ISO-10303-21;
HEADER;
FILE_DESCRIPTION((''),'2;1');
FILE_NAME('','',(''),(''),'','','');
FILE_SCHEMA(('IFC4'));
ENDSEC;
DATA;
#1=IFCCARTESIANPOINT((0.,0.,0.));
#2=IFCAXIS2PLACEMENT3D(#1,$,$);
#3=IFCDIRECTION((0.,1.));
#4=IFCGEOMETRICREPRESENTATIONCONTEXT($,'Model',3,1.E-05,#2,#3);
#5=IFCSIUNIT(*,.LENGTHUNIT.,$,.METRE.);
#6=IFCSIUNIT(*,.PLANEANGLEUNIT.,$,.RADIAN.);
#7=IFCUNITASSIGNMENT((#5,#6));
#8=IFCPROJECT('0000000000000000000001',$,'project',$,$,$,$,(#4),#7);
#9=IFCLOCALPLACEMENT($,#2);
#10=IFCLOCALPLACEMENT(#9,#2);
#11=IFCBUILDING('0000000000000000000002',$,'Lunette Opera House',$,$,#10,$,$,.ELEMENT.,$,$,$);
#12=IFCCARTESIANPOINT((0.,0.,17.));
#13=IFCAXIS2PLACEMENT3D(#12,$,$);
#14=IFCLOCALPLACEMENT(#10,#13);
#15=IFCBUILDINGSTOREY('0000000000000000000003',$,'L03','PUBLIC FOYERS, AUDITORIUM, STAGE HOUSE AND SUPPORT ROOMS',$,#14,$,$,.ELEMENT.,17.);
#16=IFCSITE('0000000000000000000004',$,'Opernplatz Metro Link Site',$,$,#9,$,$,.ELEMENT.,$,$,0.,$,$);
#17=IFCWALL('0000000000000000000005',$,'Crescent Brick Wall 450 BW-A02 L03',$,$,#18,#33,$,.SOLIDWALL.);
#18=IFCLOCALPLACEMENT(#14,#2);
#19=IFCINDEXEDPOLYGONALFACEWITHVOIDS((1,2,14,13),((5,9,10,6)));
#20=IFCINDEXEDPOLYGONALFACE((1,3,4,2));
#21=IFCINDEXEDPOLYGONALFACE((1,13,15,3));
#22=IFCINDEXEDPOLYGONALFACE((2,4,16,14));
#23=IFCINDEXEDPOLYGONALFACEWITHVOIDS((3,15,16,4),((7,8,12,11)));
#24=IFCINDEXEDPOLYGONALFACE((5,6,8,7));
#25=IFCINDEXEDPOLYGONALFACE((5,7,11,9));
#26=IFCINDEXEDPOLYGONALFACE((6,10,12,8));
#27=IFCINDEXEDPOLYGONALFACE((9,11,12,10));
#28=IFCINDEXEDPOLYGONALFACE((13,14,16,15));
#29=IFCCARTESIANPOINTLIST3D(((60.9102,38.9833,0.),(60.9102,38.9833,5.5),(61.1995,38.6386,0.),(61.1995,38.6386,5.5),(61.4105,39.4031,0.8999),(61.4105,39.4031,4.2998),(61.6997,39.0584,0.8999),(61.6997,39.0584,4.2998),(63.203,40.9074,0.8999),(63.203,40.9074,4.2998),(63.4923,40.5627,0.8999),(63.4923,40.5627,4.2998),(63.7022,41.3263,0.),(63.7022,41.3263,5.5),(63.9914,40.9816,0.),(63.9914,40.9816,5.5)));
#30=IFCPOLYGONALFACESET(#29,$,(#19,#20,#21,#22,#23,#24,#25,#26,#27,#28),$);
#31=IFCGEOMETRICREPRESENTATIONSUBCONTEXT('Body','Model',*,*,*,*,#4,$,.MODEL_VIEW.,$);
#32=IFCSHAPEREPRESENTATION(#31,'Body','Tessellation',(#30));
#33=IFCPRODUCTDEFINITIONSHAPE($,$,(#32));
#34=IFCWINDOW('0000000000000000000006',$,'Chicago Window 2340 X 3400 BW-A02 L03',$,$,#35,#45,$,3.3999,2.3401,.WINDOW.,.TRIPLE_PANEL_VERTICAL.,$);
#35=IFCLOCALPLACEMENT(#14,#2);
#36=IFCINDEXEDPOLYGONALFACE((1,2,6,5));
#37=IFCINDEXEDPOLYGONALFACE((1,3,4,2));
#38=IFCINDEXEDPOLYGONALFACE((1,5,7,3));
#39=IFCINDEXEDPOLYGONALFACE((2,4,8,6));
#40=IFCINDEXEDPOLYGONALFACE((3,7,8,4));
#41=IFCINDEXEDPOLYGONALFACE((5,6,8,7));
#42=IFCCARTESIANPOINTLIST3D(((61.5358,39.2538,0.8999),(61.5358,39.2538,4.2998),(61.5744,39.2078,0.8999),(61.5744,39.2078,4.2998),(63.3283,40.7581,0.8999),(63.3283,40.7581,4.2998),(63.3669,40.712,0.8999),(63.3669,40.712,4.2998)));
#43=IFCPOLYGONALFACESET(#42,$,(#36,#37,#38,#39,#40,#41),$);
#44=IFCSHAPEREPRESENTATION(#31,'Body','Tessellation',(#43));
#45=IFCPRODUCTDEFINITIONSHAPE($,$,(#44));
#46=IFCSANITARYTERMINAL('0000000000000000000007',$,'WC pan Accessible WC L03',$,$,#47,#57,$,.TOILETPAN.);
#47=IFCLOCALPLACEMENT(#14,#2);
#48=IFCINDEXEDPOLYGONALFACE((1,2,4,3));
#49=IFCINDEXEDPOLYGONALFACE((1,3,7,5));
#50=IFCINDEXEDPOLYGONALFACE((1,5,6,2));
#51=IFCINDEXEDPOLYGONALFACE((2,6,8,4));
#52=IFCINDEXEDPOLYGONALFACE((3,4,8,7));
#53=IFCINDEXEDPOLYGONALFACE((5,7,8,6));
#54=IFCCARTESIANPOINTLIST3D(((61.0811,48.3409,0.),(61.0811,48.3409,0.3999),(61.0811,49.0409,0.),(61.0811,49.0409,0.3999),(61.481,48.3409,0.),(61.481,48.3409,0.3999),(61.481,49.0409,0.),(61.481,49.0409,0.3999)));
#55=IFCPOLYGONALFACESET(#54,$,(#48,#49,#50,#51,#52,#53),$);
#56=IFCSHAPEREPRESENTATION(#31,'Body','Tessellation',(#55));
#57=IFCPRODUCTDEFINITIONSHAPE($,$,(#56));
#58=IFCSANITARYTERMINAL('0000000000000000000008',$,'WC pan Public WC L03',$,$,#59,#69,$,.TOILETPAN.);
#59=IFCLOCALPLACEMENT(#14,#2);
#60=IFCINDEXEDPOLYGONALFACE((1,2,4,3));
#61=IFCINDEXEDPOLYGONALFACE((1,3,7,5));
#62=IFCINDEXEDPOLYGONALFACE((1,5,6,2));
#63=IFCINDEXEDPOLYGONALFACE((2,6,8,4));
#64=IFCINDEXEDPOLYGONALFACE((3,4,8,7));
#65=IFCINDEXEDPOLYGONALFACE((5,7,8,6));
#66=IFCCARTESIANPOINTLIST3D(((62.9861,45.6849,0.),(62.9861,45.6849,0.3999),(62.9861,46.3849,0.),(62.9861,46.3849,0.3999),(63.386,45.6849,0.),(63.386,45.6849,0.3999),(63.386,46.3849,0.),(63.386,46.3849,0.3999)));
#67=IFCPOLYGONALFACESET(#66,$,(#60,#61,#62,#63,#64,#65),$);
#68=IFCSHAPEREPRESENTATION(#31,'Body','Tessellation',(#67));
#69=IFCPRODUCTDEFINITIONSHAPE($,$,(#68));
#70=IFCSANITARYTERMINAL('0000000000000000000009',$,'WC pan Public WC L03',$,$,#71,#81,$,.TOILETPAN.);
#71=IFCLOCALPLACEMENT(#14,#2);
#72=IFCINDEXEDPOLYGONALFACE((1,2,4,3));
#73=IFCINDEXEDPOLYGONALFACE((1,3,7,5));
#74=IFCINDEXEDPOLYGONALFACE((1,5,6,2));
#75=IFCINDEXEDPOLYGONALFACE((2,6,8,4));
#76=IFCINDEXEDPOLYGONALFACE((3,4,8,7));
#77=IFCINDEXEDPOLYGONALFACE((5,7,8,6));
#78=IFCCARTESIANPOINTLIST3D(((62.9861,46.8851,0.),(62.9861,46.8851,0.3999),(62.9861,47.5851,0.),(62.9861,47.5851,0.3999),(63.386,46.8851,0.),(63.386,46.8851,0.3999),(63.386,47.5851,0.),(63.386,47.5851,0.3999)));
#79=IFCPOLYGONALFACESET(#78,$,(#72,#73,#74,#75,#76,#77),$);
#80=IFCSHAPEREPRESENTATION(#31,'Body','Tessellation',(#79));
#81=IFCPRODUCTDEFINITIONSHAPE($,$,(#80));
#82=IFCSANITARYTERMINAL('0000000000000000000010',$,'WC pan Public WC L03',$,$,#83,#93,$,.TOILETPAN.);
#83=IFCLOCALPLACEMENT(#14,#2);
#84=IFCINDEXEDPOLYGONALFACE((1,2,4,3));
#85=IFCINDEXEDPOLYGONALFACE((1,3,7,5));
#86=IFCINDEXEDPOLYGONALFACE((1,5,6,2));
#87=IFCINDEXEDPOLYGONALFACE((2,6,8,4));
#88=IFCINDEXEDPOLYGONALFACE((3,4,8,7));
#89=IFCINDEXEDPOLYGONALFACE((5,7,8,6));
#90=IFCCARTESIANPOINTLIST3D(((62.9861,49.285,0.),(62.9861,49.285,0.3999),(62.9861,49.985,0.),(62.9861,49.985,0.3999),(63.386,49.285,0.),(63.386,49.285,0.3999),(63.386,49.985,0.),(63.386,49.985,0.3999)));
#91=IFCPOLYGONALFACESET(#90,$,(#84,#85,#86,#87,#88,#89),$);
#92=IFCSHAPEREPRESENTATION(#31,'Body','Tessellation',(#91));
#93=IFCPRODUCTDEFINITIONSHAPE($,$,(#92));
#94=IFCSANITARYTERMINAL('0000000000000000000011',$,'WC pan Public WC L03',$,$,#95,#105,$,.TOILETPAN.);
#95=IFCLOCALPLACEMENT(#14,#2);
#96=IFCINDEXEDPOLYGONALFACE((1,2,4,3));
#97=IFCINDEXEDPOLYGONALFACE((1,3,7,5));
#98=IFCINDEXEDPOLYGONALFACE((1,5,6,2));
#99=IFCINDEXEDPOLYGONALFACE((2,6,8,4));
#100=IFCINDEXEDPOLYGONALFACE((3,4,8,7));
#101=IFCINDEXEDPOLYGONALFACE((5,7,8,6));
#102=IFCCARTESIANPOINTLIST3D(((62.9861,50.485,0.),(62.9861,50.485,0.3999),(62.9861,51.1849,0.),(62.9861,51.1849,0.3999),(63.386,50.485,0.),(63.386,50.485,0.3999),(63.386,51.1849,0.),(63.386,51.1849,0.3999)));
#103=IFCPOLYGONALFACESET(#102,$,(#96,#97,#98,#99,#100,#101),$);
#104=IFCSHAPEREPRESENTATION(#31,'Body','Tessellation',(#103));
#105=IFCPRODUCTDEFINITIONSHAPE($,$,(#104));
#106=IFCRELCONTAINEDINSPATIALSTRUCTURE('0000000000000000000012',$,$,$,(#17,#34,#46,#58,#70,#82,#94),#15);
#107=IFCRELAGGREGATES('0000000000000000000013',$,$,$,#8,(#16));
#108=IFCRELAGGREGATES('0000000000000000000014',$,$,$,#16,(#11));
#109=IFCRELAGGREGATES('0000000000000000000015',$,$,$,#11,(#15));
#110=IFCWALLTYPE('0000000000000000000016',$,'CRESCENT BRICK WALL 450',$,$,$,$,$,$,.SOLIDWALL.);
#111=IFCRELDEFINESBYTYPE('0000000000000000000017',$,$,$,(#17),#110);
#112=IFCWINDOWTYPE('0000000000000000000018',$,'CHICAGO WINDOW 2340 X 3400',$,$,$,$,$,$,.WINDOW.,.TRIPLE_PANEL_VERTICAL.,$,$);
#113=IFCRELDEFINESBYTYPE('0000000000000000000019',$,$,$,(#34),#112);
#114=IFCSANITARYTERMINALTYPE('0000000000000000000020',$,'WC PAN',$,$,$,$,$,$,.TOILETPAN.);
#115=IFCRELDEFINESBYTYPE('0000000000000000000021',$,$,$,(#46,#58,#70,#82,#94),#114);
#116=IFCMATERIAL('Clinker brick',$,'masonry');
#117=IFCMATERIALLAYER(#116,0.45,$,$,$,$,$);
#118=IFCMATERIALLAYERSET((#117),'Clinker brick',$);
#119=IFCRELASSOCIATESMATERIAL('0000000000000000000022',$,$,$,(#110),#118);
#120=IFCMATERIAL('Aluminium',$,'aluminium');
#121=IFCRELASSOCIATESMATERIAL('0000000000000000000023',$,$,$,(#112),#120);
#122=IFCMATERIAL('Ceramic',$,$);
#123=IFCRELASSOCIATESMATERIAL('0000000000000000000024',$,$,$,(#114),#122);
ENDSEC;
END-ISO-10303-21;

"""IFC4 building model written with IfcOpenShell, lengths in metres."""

from ifc_helpers import new_model, si_unit, direction, frame, frame_2d, origin, origin_2d, place, context, subcontext, project, spatial, rectangle, extrude, material, layer, layer_set, type_object, element, fill, save


model = new_model("IFC4")

# Units and contexts
model_context = context("Model", 3, precision=1e-05, world=origin(), true_north=direction((0.0, 1.0)))
body_context = subcontext(model_context, "Body", "Model", "MODEL_VIEW")
ifc_project = project(units=[si_unit("LENGTHUNIT", "METRE"), si_unit("PLANEANGLEUNIT", "RADIAN")], contexts=[model_context])

# Site, building, storey
site_placement = place(None, origin())
site = spatial("IfcSite", under=ifc_project, at=site_placement, Name="Opernplatz Metro Link Site", CompositionType="ELEMENT", RefElevation=0.0)
building_placement = place(site_placement, origin())
building = spatial("IfcBuilding", under=site, at=building_placement, Name="Lunette Opera House", CompositionType="ELEMENT")
storey_placement = place(building_placement, frame((0.0, 0.0, 17.0)))
storey = spatial("IfcBuildingStorey", under=building, at=storey_placement, Name="L03", Description="PUBLIC FOYERS, AUDITORIUM, STAGE HOUSE AND SUPPORT ROOMS", CompositionType="ELEMENT", Elevation=17.0)

# Wall, opening, window
ifc_material_1 = material(Name="Clinker brick", Category="masonry")
ifc_layer_1 = layer(ifc_material_1, 0.45)
ifc_layer_set_1 = layer_set([ifc_layer_1], Name="Clinker brick")
wall_type_1 = type_object("IfcWallType", Name="CRESCENT BRICK WALL 450", PredefinedType="SOLIDWALL", material=ifc_layer_set_1)
ifc_material_2 = material(Name="Aluminium", Category="aluminium")
window_type = type_object("IfcWindowType", Name="CHICAGO WINDOW 2340 X 3400", PartitioningType="TRIPLE_PANEL_VERTICAL", PredefinedType="WINDOW", material=ifc_material_2)
wall_1_placement = place(storey_placement, frame((61.0549, 38.811, 0.0), z_axis=(0.0, 0.0, 1.0), x_axis=(0.76601, 0.642829, 0.0)))
wall_1 = element("IfcWall", 1, at=wall_1_placement, inside=storey, type_object=wall_type_1, Name="Crescent Brick Wall 450 BW-A02 L03", PredefinedType="SOLIDWALL", context=body_context, shape_type="SweptSolid", body=[
    extrude(rectangle(XDim=3.6448, YDim=0.45, at=frame_2d((1.8223, 0.0))), origin(), (0.0, 0.0, 1.0), 5.5),
])
opening_1_placement = place(wall_1_placement, frame((0.6531, 0.0, 0.8999)))
opening_1 = element("IfcOpeningElement", 2, at=opening_1_placement, cuts=wall_1, PredefinedType="OPENING", context=body_context, shape_type="SweptSolid", body=[
    extrude(rectangle(XDim=2.3401, YDim=3.3999, at=frame_2d((1.1699, 1.7))), frame((0.0, 0.2371, 0.0), z_axis=(0.0, -1.0, 0.0), x_axis=(1.0, 0.0, 0.0)), (0.0, 0.0, 1.0), 0.4739),
])
window_1_placement = place(opening_1_placement, origin())
window_1 = element("IfcWindow", 3, at=window_1_placement, inside=storey, type_object=window_type, Name="Chicago Window 2340 X 3400 BW-A02 L03", OverallHeight=3.3999, OverallWidth=2.3401, PartitioningType="TRIPLE_PANEL_VERTICAL", PredefinedType="WINDOW", context=body_context, shape_type="SweptSolid", body=[
    extrude(rectangle(XDim=2.3401, YDim=3.3999, at=frame_2d((1.1699, 1.7))), frame((0.0, 0.03, 0.0), z_axis=(0.0, -1.0, 0.0), x_axis=(1.0, 0.0, 0.0)), (0.0, 0.0, 1.0), 0.0601),
])
fill(opening_1, window_1)

# Sanitary terminals
ifc_material_3 = material(Name="Ceramic")
sanitary_terminal_type = type_object("IfcSanitaryTerminalType", Name="WC PAN", PredefinedType="TOILETPAN", material=ifc_material_3)
for number, where, z_axis, x_axis, name in (
    (4, (61.281, 48.6909, 0.0), (0.0, 0.0, 1.0), (1.0, 0.0, 0.0), "WC pan Accessible WC L03"),
    (5, (63.186, 46.0349, 0.0), (0.0, 0.0, 1.0), (1.0, 0.0, 0.0), "WC pan Public WC L03"),
    (6, (63.186, 47.2351, 0.0), (0.0, 0.0, 1.0), (1.0, 0.0, 0.0), "WC pan Public WC L03"),
    (7, (63.186, 49.635, 0.0), (0.0, 0.0, 1.0), (1.0, 0.0, 0.0), "WC pan Public WC L03"),
    (8, (63.186, 50.835, 0.0), (0.0, 0.0, 1.0), (1.0, 0.0, 0.0), "WC pan Public WC L03"),
):
    element("IfcSanitaryTerminal", number, at=place(storey_placement, frame(where, z_axis=z_axis, x_axis=x_axis)), inside=storey, type_object=sanitary_terminal_type, Name=name, PredefinedType="TOILETPAN", context=body_context, shape_type="SweptSolid", body=[
        extrude(rectangle(XDim=0.3999, YDim=0.7, at=origin_2d()), origin(), (0.0, 0.0, 1.0), 0.3999),
    ])

save(model, "model.ifc")
